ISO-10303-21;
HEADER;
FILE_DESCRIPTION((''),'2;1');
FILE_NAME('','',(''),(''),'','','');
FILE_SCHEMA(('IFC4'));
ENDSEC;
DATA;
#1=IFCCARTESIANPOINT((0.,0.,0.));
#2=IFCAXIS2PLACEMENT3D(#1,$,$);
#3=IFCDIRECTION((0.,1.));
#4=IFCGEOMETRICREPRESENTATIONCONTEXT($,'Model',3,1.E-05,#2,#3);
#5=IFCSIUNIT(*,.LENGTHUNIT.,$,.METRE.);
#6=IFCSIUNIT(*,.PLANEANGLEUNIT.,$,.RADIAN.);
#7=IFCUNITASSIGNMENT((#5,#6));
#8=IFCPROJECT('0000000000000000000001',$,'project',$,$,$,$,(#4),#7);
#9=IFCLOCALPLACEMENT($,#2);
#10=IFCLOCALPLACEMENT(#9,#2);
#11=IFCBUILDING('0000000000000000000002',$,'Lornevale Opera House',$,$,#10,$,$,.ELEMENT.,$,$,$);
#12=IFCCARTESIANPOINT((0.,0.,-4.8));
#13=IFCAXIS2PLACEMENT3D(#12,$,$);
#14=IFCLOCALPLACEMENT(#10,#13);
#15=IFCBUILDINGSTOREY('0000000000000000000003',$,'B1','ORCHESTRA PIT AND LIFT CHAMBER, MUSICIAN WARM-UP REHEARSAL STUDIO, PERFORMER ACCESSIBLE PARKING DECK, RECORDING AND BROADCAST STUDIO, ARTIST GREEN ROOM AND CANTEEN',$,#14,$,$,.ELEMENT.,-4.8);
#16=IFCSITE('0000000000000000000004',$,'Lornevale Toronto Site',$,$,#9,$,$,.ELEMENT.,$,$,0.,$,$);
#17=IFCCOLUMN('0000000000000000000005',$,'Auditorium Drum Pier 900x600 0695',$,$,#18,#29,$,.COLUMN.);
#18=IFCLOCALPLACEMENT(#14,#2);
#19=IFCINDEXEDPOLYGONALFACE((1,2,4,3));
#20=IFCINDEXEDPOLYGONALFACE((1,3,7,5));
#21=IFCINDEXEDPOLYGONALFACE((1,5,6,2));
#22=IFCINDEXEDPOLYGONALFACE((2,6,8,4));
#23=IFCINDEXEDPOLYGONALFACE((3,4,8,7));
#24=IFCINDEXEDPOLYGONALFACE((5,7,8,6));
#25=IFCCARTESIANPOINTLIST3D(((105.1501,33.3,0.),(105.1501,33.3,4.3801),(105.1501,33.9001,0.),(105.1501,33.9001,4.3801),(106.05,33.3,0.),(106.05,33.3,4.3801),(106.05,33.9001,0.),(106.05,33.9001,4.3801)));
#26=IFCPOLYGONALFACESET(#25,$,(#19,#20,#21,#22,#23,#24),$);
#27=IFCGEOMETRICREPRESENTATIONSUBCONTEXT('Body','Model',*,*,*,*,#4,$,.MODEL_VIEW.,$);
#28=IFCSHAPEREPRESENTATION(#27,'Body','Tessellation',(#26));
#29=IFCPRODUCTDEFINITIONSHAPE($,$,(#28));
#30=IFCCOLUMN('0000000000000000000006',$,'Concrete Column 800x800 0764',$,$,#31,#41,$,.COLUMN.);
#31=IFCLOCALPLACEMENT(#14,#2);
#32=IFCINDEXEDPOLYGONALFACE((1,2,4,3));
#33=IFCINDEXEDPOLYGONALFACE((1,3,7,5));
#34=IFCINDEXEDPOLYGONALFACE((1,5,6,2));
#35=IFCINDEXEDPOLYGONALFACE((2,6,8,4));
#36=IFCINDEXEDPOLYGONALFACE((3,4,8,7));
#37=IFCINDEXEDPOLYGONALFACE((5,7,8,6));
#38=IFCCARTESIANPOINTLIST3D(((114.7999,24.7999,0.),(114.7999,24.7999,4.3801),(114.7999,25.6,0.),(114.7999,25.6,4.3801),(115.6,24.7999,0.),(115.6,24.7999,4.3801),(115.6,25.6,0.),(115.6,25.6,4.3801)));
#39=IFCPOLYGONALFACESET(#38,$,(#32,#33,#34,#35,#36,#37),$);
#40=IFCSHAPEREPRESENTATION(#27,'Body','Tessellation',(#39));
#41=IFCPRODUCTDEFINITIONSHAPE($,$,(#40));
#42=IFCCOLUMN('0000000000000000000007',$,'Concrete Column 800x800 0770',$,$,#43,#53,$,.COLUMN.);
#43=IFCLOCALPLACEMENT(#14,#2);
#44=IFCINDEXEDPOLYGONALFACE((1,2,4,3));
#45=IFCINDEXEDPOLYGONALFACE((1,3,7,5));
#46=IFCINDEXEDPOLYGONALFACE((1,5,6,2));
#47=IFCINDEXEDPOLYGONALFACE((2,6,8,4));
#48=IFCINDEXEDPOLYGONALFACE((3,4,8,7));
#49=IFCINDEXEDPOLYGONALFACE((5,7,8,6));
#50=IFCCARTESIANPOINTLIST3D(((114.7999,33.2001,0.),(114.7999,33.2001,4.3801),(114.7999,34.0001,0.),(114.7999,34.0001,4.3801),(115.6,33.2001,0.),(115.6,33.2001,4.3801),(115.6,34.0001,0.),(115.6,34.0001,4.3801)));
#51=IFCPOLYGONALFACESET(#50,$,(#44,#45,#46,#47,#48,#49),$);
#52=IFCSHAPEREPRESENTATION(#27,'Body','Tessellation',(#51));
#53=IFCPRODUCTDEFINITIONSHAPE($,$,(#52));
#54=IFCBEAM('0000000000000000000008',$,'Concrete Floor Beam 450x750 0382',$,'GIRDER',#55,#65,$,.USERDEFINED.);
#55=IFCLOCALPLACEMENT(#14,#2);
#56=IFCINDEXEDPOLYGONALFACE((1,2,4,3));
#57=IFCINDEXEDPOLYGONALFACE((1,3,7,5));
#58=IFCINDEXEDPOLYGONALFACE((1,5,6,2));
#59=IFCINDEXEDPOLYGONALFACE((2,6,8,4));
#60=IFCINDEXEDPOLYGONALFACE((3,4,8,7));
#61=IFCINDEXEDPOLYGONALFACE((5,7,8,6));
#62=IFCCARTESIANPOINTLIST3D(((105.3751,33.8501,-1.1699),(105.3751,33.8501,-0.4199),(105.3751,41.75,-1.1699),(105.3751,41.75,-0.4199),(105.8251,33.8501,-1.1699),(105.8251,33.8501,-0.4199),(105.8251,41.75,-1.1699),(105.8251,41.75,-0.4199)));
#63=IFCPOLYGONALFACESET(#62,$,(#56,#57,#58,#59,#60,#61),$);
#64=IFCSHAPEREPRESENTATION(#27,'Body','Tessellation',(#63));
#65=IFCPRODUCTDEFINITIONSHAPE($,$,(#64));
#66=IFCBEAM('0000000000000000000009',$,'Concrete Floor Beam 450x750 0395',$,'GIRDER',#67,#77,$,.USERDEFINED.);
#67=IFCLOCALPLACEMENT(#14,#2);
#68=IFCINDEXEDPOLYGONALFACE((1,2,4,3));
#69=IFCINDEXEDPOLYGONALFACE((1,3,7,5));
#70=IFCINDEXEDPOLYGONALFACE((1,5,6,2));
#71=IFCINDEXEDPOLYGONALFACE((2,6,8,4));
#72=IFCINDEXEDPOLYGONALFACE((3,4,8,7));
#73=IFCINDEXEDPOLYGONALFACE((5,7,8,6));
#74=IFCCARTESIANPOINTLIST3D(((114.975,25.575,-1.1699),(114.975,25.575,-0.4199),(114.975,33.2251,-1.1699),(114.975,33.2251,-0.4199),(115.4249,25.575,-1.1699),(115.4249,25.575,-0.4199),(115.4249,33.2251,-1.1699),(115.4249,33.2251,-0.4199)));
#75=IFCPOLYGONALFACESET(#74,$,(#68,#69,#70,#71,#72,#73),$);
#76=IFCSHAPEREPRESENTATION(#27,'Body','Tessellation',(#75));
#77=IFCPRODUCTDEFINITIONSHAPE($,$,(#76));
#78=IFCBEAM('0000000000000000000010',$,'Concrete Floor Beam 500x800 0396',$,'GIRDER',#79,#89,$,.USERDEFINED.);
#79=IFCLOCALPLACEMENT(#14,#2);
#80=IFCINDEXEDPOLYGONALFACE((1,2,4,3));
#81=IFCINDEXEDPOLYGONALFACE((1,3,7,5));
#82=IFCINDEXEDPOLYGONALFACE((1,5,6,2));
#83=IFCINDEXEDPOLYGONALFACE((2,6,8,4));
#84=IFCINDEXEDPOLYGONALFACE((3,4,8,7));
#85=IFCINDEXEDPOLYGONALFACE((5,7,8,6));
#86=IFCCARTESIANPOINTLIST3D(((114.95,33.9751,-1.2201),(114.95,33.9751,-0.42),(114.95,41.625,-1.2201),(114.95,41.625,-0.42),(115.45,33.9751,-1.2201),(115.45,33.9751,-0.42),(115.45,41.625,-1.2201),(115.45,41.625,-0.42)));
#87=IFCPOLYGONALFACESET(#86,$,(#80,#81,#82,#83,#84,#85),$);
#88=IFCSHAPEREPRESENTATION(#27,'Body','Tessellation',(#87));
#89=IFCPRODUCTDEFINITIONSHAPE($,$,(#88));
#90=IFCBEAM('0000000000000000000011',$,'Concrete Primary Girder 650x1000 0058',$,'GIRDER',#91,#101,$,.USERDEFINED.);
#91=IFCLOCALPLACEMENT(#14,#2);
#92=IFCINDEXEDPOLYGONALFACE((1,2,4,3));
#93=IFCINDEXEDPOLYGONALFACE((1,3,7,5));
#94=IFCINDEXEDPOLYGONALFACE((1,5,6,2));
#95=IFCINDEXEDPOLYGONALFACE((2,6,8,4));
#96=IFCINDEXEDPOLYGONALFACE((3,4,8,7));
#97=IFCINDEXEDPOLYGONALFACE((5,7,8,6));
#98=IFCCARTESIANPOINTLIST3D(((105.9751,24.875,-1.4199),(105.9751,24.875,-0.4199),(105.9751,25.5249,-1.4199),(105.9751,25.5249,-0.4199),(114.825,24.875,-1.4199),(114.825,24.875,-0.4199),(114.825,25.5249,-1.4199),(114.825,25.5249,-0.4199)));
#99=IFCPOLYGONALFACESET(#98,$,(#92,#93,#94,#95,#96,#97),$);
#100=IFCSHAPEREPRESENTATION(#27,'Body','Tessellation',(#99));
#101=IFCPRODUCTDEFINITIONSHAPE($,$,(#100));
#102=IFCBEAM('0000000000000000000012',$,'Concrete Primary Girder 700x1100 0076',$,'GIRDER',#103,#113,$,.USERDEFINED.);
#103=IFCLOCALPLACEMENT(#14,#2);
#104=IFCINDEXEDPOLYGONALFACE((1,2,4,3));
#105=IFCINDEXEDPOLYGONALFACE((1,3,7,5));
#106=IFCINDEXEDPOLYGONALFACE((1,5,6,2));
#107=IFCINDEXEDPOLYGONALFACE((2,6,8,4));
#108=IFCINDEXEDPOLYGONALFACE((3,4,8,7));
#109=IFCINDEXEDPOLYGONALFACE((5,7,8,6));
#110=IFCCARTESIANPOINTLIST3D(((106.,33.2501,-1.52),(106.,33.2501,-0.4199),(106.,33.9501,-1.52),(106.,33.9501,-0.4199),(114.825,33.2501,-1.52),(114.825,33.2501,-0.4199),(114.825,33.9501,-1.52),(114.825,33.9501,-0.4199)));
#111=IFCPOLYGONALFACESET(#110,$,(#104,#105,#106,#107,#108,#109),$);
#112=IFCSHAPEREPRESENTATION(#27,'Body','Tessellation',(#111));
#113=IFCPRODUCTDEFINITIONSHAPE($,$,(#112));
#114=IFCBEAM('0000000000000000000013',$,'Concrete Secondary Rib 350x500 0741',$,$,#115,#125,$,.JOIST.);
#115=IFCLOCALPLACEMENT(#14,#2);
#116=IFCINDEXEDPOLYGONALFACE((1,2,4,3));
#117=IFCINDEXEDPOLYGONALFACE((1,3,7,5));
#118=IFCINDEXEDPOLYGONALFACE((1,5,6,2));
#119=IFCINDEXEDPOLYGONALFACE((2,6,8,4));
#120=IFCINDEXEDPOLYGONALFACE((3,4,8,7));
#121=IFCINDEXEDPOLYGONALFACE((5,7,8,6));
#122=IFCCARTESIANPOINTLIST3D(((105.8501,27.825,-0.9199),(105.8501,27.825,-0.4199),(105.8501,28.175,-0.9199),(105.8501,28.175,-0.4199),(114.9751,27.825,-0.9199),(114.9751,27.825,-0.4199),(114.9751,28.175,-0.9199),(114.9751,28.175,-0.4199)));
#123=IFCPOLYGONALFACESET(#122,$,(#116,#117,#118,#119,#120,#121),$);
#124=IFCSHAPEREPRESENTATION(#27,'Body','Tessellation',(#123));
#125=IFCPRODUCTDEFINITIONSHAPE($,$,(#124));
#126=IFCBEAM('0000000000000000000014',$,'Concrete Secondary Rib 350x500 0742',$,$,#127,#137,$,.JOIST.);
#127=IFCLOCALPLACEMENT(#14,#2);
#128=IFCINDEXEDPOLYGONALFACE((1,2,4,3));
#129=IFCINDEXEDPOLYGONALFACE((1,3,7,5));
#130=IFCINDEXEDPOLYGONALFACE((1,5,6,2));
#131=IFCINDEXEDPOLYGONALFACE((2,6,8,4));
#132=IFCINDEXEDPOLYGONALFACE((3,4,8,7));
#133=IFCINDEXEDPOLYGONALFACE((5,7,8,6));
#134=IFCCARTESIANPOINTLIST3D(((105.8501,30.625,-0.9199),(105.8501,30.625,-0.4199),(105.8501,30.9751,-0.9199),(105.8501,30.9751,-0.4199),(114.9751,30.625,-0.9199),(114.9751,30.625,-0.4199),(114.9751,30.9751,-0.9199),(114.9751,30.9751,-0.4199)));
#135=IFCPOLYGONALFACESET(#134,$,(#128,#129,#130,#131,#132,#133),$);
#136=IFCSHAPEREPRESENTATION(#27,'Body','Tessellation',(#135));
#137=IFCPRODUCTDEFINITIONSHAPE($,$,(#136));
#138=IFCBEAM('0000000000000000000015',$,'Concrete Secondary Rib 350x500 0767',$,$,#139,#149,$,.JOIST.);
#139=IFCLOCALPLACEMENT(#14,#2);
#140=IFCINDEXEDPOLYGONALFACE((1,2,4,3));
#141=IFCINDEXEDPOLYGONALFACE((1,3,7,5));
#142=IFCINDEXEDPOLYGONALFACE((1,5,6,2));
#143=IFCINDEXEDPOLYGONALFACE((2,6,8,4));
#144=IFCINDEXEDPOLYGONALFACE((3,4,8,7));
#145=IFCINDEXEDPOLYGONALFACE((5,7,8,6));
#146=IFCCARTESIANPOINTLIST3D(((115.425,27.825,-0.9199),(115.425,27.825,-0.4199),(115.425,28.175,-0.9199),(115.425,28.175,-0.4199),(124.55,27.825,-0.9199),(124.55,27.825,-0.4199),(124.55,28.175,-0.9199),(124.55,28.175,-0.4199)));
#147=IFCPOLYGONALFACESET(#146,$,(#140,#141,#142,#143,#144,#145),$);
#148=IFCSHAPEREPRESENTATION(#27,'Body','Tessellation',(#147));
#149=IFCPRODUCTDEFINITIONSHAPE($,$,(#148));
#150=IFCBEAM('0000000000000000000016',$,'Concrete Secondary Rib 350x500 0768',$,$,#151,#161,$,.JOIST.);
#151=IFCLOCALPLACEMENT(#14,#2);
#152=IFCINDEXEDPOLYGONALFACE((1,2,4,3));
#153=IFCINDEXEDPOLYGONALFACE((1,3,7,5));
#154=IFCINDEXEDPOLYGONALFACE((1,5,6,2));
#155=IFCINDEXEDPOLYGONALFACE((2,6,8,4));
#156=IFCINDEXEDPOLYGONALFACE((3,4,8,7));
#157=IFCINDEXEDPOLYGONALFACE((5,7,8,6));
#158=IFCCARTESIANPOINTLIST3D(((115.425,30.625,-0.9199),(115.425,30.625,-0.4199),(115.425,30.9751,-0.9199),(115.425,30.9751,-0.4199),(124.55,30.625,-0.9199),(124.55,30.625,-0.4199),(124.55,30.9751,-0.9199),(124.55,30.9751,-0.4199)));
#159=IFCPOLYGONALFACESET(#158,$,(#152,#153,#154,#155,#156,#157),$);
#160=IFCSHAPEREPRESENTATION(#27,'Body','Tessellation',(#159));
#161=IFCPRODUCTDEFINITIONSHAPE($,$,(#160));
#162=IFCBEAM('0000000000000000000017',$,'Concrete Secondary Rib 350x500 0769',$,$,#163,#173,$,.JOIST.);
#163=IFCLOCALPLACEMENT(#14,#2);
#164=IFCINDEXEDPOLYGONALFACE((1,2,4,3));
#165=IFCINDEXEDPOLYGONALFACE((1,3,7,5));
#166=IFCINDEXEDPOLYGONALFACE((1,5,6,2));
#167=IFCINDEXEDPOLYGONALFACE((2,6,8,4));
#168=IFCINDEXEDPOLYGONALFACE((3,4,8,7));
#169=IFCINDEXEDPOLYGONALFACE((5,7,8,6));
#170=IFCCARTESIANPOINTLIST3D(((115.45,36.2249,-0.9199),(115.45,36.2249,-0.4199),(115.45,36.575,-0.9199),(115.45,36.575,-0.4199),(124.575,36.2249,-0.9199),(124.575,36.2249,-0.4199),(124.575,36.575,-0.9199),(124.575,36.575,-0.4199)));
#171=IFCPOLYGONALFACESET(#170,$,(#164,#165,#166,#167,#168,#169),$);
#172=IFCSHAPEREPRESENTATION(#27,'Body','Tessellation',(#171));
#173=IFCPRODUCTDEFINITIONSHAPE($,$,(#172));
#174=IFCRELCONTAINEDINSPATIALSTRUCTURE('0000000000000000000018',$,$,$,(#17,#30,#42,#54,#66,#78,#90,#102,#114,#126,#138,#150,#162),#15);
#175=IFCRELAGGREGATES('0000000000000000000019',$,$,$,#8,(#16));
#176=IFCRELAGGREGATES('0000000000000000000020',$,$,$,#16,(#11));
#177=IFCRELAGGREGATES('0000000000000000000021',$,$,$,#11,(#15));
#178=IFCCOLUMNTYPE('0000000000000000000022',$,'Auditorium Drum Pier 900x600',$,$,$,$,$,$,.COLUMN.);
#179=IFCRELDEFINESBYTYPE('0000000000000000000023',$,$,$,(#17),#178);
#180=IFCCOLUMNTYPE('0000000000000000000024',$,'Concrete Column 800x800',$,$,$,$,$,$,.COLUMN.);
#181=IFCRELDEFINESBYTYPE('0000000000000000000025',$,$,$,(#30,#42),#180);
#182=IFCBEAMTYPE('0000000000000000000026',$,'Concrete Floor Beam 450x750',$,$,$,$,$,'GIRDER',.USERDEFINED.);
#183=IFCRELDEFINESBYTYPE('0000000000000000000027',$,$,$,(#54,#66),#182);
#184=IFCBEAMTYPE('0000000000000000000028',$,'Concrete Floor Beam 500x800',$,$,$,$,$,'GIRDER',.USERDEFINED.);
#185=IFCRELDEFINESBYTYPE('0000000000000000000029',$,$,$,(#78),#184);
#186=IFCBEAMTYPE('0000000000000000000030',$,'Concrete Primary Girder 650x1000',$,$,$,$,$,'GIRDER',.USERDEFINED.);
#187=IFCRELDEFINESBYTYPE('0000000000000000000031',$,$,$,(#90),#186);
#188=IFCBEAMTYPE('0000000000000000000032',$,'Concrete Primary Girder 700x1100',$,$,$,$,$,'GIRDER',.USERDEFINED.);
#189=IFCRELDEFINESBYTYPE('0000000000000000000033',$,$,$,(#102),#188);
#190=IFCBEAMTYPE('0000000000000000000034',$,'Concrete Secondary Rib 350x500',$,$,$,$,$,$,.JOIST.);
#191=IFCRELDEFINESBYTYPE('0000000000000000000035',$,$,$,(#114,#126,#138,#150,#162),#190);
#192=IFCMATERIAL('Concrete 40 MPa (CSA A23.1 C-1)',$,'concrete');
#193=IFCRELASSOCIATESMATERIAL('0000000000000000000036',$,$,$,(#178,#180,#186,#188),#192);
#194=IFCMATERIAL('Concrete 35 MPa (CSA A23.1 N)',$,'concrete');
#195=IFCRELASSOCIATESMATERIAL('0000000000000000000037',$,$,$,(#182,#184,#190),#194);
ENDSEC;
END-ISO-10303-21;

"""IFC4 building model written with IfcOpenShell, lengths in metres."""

from ifc_helpers import new_model, si_unit, direction, frame, origin, origin_2d, place, context, subcontext, project, spatial, rectangle, extrude, material, material_profile, profile_set, type_object, element, save


model = new_model("IFC4")

# Units and contexts
model_context = context("Model", 3, precision=1e-05, world=origin(), true_north=direction((0.0, 1.0)))
body_context = subcontext(model_context, "Body", "Model", "MODEL_VIEW")
ifc_project = project(units=[si_unit("LENGTHUNIT", "METRE"), si_unit("PLANEANGLEUNIT", "RADIAN")], contexts=[model_context])

# Site, building, storey
site_placement = place(None, origin())
site = spatial("IfcSite", under=ifc_project, at=site_placement, Name="Lornevale Toronto Site", CompositionType="ELEMENT", RefElevation=0.0)
building_placement = place(site_placement, origin())
building = spatial("IfcBuilding", under=site, at=building_placement, Name="Lornevale Opera House", CompositionType="ELEMENT")
storey_placement = place(building_placement, frame((0.0, 0.0, -4.8)))
storey = spatial("IfcBuildingStorey", under=building, at=storey_placement, Name="B1", Description="ORCHESTRA PIT AND LIFT CHAMBER, MUSICIAN WARM-UP REHEARSAL STUDIO, PERFORMER ACCESSIBLE PARKING DECK, RECORDING AND BROADCAST STUDIO, ARTIST GREEN ROOM AND CANTEEN", CompositionType="ELEMENT", Elevation=-4.8)

# Columns
ifc_material_1 = material(Name="Concrete 40 MPa (CSA A23.1 C-1)", Category="concrete")
ifc_material_profile_1 = material_profile(ifc_material_1, rectangle(XDim=0.8999, YDim=0.6001, at=origin_2d()), Name="RC900x600")
ifc_profile_set_1 = profile_set([ifc_material_profile_1], Name="Concrete 40 MPa (CSA A23.1 C-1)")
column_type_1 = type_object("IfcColumnType", Name="Auditorium Drum Pier 900x600", PredefinedType="COLUMN", material=ifc_profile_set_1)
column_placement = place(storey_placement, frame((105.6001, 33.6001, 0.0), z_axis=(0.0, 0.0, 1.0), x_axis=(1.0, 0.0, 0.0)))
element("IfcColumn", 1, at=column_placement, inside=storey, type_object=column_type_1, Name="Auditorium Drum Pier 900x600 0695", PredefinedType="COLUMN", context=body_context, shape_type="SweptSolid", body=[
    extrude(rectangle(XDim=0.8999, YDim=0.6001, at=origin_2d()), origin(), (0.0, 0.0, 1.0), 4.3801),
])
ifc_material_profile_2 = material_profile(ifc_material_1, rectangle(XDim=0.8, YDim=0.8, at=origin_2d()), Name="RC800x800")
ifc_profile_set_2 = profile_set([ifc_material_profile_2], Name="Concrete 40 MPa (CSA A23.1 C-1)")
column_type_2 = type_object("IfcColumnType", Name="Concrete Column 800x800", PredefinedType="COLUMN", material=ifc_profile_set_2)
for number, where, z_axis, x_axis, name in (
    (2, (115.2, 25.2, 0.0), (0.0, 0.0, 1.0), (1.0, 0.0, 0.0), "Concrete Column 800x800 0764"),
    (3, (115.2, 33.6001, 0.0), (0.0, 0.0, 1.0), (1.0, 0.0, 0.0), "Concrete Column 800x800 0770"),
):
    element("IfcColumn", number, at=place(storey_placement, frame(where, z_axis=z_axis, x_axis=x_axis)), inside=storey, type_object=column_type_2, Name=name, PredefinedType="COLUMN", context=body_context, shape_type="SweptSolid", body=[
        extrude(rectangle(XDim=0.8, YDim=0.8, at=origin_2d()), origin(), (0.0, 0.0, 1.0), 4.3801),
    ])

# Beams
ifc_material_2 = material(Name="Concrete 35 MPa (CSA A23.1 N)", Category="concrete")
ifc_material_profile_3 = material_profile(ifc_material_2, rectangle(XDim=0.45, YDim=0.75, at=origin_2d()), Name="RC450x750")
ifc_profile_set_3 = profile_set([ifc_material_profile_3], Name="Concrete 35 MPa (CSA A23.1 N)")
beam_type_1 = type_object("IfcBeamType", Name="Concrete Floor Beam 450x750", ElementType="GIRDER", PredefinedType="USERDEFINED", material=ifc_profile_set_3)
beam_1_placement = place(storey_placement, frame((105.6001, 33.8501, -0.7949), z_axis=(0.0, 1.0, 0.0), x_axis=(-1.0, 0.0, 0.0)))
element("IfcBeam", 4, at=beam_1_placement, inside=storey, type_object=beam_type_1, Name="Concrete Floor Beam 450x750 0382", ObjectType="GIRDER", PredefinedType="USERDEFINED", context=body_context, shape_type="SweptSolid", body=[
    extrude(rectangle(XDim=0.45, YDim=0.75, at=origin_2d()), origin(), (0.0, 0.0, 1.0), 7.8999),
])
beam_2_placement = place(storey_placement, frame((115.2, 25.575, -0.7949), z_axis=(0.0, 1.0, 0.0), x_axis=(-1.0, 0.0, 0.0)))
element("IfcBeam", 5, at=beam_2_placement, inside=storey, type_object=beam_type_1, Name="Concrete Floor Beam 450x750 0395", ObjectType="GIRDER", PredefinedType="USERDEFINED", context=body_context, shape_type="SweptSolid", body=[
    extrude(rectangle(XDim=0.45, YDim=0.75, at=origin_2d()), origin(), (0.0, 0.0, 1.0), 7.6501),
])
ifc_material_profile_4 = material_profile(ifc_material_2, rectangle(XDim=0.5, YDim=0.8, at=origin_2d()), Name="RC500x800")
ifc_profile_set_4 = profile_set([ifc_material_profile_4], Name="Concrete 35 MPa (CSA A23.1 N)")
beam_type_2 = type_object("IfcBeamType", Name="Concrete Floor Beam 500x800", ElementType="GIRDER", PredefinedType="USERDEFINED", material=ifc_profile_set_4)
beam_3_placement = place(storey_placement, frame((115.2, 33.9751, -0.8201), z_axis=(0.0, 1.0, 0.0), x_axis=(-1.0, 0.0, 0.0)))
element("IfcBeam", 6, at=beam_3_placement, inside=storey, type_object=beam_type_2, Name="Concrete Floor Beam 500x800 0396", ObjectType="GIRDER", PredefinedType="USERDEFINED", context=body_context, shape_type="SweptSolid", body=[
    extrude(rectangle(XDim=0.5, YDim=0.8, at=origin_2d()), origin(), (0.0, 0.0, 1.0), 7.6499),
])
ifc_material_profile_5 = material_profile(ifc_material_1, rectangle(XDim=0.6499, YDim=1.0, at=origin_2d()), Name="RC650x1000")
ifc_profile_set_5 = profile_set([ifc_material_profile_5], Name="Concrete 40 MPa (CSA A23.1 C-1)")
beam_type_3 = type_object("IfcBeamType", Name="Concrete Primary Girder 650x1000", ElementType="GIRDER", PredefinedType="USERDEFINED", material=ifc_profile_set_5)
beam_4_placement = place(storey_placement, frame((105.9751, 25.2, -0.9199), z_axis=(1.0, 0.0, 0.0), x_axis=(0.0, 1.0, 0.0)))
element("IfcBeam", 7, at=beam_4_placement, inside=storey, type_object=beam_type_3, Name="Concrete Primary Girder 650x1000 0058", ObjectType="GIRDER", PredefinedType="USERDEFINED", context=body_context, shape_type="SweptSolid", body=[
    extrude(rectangle(XDim=0.6499, YDim=1.0, at=origin_2d()), origin(), (0.0, 0.0, 1.0), 8.8499),
])
ifc_material_profile_6 = material_profile(ifc_material_1, rectangle(XDim=0.7, YDim=1.1001, at=origin_2d()), Name="RC700x1100")
ifc_profile_set_6 = profile_set([ifc_material_profile_6], Name="Concrete 40 MPa (CSA A23.1 C-1)")
beam_type_4 = type_object("IfcBeamType", Name="Concrete Primary Girder 700x1100", ElementType="GIRDER", PredefinedType="USERDEFINED", material=ifc_profile_set_6)
beam_5_placement = place(storey_placement, frame((106.0, 33.6001, -0.97), z_axis=(1.0, 0.0, 0.0), x_axis=(0.0, 1.0, 0.0)))
element("IfcBeam", 8, at=beam_5_placement, inside=storey, type_object=beam_type_4, Name="Concrete Primary Girder 700x1100 0076", ObjectType="GIRDER", PredefinedType="USERDEFINED", context=body_context, shape_type="SweptSolid", body=[
    extrude(rectangle(XDim=0.7, YDim=1.1001, at=origin_2d()), origin(), (0.0, 0.0, 1.0), 8.825),
])
ifc_material_profile_7 = material_profile(ifc_material_2, rectangle(XDim=0.3501, YDim=0.5, at=origin_2d()), Name="RC350x500")
ifc_profile_set_7 = profile_set([ifc_material_profile_7], Name="Concrete 35 MPa (CSA A23.1 N)")
beam_type_5 = type_object("IfcBeamType", Name="Concrete Secondary Rib 350x500", PredefinedType="JOIST", material=ifc_profile_set_7)
for number, where, z_axis, x_axis, name in (
    (9, (105.8501, 28.0, -0.6699), (1.0, 0.0, 0.0), (0.0, 1.0, 0.0), "Concrete Secondary Rib 350x500 0741"),
    (10, (105.8501, 30.8, -0.6699), (1.0, 0.0, 0.0), (0.0, 1.0, 0.0), "Concrete Secondary Rib 350x500 0742"),
    (11, (115.425, 28.0, -0.6699), (1.0, 0.0, 0.0), (0.0, 1.0, 0.0), "Concrete Secondary Rib 350x500 0767"),
    (12, (115.425, 30.8, -0.6699), (1.0, 0.0, 0.0), (0.0, 1.0, 0.0), "Concrete Secondary Rib 350x500 0768"),
    (13, (115.45, 36.3999, -0.6699), (1.0, 0.0, 0.0), (0.0, 1.0, 0.0), "Concrete Secondary Rib 350x500 0769"),
):
    element("IfcBeam", number, at=place(storey_placement, frame(where, z_axis=z_axis, x_axis=x_axis)), inside=storey, type_object=beam_type_5, Name=name, PredefinedType="JOIST", context=body_context, shape_type="SweptSolid", body=[
        extrude(rectangle(XDim=0.3501, YDim=0.5, at=origin_2d()), origin(), (0.0, 0.0, 1.0), 9.125),
    ])

save(model, "model.ifc")
